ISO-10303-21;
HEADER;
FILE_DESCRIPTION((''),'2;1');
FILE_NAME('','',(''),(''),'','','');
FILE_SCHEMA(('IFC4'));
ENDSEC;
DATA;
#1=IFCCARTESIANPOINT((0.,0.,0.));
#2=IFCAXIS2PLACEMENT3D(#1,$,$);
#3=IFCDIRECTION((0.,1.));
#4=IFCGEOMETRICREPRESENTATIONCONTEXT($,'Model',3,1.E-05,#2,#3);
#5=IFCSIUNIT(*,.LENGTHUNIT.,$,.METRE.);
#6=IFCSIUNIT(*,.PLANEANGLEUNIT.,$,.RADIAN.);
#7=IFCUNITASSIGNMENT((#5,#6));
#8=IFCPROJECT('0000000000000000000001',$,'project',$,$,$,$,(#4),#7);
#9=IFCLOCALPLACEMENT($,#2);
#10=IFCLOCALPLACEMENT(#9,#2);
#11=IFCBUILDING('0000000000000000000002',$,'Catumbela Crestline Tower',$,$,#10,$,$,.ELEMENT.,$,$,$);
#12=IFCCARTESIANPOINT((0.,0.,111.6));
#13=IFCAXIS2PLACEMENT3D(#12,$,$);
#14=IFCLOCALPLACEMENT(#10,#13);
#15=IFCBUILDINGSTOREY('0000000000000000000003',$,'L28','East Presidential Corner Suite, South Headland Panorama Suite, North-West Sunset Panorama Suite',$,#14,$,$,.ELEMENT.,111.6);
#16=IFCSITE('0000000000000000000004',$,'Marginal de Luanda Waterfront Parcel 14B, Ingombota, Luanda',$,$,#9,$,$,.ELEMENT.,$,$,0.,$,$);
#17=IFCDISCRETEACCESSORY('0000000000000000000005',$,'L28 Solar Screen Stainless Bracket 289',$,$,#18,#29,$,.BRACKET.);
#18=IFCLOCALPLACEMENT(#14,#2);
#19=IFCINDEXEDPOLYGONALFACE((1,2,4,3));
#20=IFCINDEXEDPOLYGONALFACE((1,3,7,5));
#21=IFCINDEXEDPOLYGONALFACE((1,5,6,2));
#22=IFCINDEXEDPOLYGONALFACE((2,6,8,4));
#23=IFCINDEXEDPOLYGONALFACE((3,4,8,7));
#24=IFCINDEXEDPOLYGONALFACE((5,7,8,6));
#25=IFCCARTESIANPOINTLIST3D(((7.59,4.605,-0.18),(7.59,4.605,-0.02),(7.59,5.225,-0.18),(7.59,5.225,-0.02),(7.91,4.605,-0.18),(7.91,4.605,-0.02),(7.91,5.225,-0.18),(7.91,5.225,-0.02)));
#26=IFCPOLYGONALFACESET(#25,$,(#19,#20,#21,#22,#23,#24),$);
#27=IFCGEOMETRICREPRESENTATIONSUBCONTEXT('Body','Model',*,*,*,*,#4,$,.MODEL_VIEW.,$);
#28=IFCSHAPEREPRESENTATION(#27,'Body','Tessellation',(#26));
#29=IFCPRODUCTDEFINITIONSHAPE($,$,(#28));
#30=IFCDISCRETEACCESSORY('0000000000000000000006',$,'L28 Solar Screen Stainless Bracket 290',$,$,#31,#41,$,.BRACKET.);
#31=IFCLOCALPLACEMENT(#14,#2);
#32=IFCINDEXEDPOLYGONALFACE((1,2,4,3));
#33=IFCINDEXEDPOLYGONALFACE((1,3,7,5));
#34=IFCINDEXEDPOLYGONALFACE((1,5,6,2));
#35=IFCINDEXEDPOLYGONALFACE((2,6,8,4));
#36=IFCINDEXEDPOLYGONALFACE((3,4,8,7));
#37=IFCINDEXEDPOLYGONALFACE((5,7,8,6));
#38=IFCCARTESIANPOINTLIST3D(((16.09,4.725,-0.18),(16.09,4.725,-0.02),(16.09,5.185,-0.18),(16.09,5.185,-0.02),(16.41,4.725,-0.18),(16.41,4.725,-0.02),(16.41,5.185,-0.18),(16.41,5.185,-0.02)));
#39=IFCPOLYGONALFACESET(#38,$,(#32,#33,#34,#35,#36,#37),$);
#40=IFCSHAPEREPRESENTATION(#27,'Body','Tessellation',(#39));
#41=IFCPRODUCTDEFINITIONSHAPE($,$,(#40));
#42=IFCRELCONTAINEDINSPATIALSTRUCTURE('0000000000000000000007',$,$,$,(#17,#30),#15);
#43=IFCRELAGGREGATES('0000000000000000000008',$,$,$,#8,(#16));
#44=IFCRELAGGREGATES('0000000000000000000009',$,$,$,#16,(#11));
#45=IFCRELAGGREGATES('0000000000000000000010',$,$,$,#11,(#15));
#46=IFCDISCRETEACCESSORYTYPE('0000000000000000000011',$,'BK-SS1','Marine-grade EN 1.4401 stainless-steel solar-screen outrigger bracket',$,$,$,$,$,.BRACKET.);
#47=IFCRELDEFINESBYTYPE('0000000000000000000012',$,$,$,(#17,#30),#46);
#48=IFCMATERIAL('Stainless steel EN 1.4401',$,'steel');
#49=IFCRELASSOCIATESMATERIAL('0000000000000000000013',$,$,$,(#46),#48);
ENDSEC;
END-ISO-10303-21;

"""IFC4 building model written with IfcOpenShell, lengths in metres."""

from ifc_helpers import new_model, si_unit, direction, frame, origin, origin_2d, place, context, subcontext, project, spatial, rectangle, extrude, material, type_object, element, save


model = new_model("IFC4")

# Units and contexts
model_context = context("Model", 3, precision=1e-05, world=origin(), true_north=direction((0.0, 1.0)))
body_context = subcontext(model_context, "Body", "Model", "MODEL_VIEW")
ifc_project = project(units=[si_unit("LENGTHUNIT", "METRE"), si_unit("PLANEANGLEUNIT", "RADIAN")], contexts=[model_context])

# Site, building, storey
site_placement = place(None, origin())
site = spatial("IfcSite", under=ifc_project, at=site_placement, Name="Marginal de Luanda Waterfront Parcel 14B, Ingombota, Luanda", CompositionType="ELEMENT", RefElevation=0.0)
building_placement = place(site_placement, origin())
building = spatial("IfcBuilding", under=site, at=building_placement, Name="Catumbela Crestline Tower", CompositionType="ELEMENT")
storey_placement = place(building_placement, frame((0.0, 0.0, 111.6)))
storey = spatial("IfcBuildingStorey", under=building, at=storey_placement, Name="L28", Description="East Presidential Corner Suite, South Headland Panorama Suite, North-West Sunset Panorama Suite", CompositionType="ELEMENT", Elevation=111.6)

# Discrete accessories
ifc_material_1 = material(Name="Stainless steel EN 1.4401", Category="steel")
discrete_accessory_type = type_object("IfcDiscreteAccessoryType", Name="BK-SS1", Description="Marine-grade EN 1.4401 stainless-steel solar-screen outrigger bracket", PredefinedType="BRACKET", material=ifc_material_1)
discrete_accessory_1_placement = place(storey_placement, frame((7.75, 4.915, -0.18), z_axis=(0.0, 0.0, 1.0), x_axis=(1.0, 0.0, 0.0)))
element("IfcDiscreteAccessory", 1, at=discrete_accessory_1_placement, inside=storey, type_object=discrete_accessory_type, Name="L28 Solar Screen Stainless Bracket 289", PredefinedType="BRACKET", context=body_context, shape_type="SweptSolid", body=[
    extrude(rectangle(XDim=0.32, YDim=0.62, at=origin_2d()), origin(), (0.0, 0.0, 1.0), 0.16),
])
discrete_accessory_2_placement = place(storey_placement, frame((16.25, 4.955, -0.18), z_axis=(0.0, 0.0, 1.0), x_axis=(1.0, 0.0, 0.0)))
element("IfcDiscreteAccessory", 2, at=discrete_accessory_2_placement, inside=storey, type_object=discrete_accessory_type, Name="L28 Solar Screen Stainless Bracket 290", PredefinedType="BRACKET", context=body_context, shape_type="SweptSolid", body=[
    extrude(rectangle(XDim=0.32, YDim=0.46, at=origin_2d()), origin(), (0.0, 0.0, 1.0), 0.16),
])

save(model, "model.ifc")
